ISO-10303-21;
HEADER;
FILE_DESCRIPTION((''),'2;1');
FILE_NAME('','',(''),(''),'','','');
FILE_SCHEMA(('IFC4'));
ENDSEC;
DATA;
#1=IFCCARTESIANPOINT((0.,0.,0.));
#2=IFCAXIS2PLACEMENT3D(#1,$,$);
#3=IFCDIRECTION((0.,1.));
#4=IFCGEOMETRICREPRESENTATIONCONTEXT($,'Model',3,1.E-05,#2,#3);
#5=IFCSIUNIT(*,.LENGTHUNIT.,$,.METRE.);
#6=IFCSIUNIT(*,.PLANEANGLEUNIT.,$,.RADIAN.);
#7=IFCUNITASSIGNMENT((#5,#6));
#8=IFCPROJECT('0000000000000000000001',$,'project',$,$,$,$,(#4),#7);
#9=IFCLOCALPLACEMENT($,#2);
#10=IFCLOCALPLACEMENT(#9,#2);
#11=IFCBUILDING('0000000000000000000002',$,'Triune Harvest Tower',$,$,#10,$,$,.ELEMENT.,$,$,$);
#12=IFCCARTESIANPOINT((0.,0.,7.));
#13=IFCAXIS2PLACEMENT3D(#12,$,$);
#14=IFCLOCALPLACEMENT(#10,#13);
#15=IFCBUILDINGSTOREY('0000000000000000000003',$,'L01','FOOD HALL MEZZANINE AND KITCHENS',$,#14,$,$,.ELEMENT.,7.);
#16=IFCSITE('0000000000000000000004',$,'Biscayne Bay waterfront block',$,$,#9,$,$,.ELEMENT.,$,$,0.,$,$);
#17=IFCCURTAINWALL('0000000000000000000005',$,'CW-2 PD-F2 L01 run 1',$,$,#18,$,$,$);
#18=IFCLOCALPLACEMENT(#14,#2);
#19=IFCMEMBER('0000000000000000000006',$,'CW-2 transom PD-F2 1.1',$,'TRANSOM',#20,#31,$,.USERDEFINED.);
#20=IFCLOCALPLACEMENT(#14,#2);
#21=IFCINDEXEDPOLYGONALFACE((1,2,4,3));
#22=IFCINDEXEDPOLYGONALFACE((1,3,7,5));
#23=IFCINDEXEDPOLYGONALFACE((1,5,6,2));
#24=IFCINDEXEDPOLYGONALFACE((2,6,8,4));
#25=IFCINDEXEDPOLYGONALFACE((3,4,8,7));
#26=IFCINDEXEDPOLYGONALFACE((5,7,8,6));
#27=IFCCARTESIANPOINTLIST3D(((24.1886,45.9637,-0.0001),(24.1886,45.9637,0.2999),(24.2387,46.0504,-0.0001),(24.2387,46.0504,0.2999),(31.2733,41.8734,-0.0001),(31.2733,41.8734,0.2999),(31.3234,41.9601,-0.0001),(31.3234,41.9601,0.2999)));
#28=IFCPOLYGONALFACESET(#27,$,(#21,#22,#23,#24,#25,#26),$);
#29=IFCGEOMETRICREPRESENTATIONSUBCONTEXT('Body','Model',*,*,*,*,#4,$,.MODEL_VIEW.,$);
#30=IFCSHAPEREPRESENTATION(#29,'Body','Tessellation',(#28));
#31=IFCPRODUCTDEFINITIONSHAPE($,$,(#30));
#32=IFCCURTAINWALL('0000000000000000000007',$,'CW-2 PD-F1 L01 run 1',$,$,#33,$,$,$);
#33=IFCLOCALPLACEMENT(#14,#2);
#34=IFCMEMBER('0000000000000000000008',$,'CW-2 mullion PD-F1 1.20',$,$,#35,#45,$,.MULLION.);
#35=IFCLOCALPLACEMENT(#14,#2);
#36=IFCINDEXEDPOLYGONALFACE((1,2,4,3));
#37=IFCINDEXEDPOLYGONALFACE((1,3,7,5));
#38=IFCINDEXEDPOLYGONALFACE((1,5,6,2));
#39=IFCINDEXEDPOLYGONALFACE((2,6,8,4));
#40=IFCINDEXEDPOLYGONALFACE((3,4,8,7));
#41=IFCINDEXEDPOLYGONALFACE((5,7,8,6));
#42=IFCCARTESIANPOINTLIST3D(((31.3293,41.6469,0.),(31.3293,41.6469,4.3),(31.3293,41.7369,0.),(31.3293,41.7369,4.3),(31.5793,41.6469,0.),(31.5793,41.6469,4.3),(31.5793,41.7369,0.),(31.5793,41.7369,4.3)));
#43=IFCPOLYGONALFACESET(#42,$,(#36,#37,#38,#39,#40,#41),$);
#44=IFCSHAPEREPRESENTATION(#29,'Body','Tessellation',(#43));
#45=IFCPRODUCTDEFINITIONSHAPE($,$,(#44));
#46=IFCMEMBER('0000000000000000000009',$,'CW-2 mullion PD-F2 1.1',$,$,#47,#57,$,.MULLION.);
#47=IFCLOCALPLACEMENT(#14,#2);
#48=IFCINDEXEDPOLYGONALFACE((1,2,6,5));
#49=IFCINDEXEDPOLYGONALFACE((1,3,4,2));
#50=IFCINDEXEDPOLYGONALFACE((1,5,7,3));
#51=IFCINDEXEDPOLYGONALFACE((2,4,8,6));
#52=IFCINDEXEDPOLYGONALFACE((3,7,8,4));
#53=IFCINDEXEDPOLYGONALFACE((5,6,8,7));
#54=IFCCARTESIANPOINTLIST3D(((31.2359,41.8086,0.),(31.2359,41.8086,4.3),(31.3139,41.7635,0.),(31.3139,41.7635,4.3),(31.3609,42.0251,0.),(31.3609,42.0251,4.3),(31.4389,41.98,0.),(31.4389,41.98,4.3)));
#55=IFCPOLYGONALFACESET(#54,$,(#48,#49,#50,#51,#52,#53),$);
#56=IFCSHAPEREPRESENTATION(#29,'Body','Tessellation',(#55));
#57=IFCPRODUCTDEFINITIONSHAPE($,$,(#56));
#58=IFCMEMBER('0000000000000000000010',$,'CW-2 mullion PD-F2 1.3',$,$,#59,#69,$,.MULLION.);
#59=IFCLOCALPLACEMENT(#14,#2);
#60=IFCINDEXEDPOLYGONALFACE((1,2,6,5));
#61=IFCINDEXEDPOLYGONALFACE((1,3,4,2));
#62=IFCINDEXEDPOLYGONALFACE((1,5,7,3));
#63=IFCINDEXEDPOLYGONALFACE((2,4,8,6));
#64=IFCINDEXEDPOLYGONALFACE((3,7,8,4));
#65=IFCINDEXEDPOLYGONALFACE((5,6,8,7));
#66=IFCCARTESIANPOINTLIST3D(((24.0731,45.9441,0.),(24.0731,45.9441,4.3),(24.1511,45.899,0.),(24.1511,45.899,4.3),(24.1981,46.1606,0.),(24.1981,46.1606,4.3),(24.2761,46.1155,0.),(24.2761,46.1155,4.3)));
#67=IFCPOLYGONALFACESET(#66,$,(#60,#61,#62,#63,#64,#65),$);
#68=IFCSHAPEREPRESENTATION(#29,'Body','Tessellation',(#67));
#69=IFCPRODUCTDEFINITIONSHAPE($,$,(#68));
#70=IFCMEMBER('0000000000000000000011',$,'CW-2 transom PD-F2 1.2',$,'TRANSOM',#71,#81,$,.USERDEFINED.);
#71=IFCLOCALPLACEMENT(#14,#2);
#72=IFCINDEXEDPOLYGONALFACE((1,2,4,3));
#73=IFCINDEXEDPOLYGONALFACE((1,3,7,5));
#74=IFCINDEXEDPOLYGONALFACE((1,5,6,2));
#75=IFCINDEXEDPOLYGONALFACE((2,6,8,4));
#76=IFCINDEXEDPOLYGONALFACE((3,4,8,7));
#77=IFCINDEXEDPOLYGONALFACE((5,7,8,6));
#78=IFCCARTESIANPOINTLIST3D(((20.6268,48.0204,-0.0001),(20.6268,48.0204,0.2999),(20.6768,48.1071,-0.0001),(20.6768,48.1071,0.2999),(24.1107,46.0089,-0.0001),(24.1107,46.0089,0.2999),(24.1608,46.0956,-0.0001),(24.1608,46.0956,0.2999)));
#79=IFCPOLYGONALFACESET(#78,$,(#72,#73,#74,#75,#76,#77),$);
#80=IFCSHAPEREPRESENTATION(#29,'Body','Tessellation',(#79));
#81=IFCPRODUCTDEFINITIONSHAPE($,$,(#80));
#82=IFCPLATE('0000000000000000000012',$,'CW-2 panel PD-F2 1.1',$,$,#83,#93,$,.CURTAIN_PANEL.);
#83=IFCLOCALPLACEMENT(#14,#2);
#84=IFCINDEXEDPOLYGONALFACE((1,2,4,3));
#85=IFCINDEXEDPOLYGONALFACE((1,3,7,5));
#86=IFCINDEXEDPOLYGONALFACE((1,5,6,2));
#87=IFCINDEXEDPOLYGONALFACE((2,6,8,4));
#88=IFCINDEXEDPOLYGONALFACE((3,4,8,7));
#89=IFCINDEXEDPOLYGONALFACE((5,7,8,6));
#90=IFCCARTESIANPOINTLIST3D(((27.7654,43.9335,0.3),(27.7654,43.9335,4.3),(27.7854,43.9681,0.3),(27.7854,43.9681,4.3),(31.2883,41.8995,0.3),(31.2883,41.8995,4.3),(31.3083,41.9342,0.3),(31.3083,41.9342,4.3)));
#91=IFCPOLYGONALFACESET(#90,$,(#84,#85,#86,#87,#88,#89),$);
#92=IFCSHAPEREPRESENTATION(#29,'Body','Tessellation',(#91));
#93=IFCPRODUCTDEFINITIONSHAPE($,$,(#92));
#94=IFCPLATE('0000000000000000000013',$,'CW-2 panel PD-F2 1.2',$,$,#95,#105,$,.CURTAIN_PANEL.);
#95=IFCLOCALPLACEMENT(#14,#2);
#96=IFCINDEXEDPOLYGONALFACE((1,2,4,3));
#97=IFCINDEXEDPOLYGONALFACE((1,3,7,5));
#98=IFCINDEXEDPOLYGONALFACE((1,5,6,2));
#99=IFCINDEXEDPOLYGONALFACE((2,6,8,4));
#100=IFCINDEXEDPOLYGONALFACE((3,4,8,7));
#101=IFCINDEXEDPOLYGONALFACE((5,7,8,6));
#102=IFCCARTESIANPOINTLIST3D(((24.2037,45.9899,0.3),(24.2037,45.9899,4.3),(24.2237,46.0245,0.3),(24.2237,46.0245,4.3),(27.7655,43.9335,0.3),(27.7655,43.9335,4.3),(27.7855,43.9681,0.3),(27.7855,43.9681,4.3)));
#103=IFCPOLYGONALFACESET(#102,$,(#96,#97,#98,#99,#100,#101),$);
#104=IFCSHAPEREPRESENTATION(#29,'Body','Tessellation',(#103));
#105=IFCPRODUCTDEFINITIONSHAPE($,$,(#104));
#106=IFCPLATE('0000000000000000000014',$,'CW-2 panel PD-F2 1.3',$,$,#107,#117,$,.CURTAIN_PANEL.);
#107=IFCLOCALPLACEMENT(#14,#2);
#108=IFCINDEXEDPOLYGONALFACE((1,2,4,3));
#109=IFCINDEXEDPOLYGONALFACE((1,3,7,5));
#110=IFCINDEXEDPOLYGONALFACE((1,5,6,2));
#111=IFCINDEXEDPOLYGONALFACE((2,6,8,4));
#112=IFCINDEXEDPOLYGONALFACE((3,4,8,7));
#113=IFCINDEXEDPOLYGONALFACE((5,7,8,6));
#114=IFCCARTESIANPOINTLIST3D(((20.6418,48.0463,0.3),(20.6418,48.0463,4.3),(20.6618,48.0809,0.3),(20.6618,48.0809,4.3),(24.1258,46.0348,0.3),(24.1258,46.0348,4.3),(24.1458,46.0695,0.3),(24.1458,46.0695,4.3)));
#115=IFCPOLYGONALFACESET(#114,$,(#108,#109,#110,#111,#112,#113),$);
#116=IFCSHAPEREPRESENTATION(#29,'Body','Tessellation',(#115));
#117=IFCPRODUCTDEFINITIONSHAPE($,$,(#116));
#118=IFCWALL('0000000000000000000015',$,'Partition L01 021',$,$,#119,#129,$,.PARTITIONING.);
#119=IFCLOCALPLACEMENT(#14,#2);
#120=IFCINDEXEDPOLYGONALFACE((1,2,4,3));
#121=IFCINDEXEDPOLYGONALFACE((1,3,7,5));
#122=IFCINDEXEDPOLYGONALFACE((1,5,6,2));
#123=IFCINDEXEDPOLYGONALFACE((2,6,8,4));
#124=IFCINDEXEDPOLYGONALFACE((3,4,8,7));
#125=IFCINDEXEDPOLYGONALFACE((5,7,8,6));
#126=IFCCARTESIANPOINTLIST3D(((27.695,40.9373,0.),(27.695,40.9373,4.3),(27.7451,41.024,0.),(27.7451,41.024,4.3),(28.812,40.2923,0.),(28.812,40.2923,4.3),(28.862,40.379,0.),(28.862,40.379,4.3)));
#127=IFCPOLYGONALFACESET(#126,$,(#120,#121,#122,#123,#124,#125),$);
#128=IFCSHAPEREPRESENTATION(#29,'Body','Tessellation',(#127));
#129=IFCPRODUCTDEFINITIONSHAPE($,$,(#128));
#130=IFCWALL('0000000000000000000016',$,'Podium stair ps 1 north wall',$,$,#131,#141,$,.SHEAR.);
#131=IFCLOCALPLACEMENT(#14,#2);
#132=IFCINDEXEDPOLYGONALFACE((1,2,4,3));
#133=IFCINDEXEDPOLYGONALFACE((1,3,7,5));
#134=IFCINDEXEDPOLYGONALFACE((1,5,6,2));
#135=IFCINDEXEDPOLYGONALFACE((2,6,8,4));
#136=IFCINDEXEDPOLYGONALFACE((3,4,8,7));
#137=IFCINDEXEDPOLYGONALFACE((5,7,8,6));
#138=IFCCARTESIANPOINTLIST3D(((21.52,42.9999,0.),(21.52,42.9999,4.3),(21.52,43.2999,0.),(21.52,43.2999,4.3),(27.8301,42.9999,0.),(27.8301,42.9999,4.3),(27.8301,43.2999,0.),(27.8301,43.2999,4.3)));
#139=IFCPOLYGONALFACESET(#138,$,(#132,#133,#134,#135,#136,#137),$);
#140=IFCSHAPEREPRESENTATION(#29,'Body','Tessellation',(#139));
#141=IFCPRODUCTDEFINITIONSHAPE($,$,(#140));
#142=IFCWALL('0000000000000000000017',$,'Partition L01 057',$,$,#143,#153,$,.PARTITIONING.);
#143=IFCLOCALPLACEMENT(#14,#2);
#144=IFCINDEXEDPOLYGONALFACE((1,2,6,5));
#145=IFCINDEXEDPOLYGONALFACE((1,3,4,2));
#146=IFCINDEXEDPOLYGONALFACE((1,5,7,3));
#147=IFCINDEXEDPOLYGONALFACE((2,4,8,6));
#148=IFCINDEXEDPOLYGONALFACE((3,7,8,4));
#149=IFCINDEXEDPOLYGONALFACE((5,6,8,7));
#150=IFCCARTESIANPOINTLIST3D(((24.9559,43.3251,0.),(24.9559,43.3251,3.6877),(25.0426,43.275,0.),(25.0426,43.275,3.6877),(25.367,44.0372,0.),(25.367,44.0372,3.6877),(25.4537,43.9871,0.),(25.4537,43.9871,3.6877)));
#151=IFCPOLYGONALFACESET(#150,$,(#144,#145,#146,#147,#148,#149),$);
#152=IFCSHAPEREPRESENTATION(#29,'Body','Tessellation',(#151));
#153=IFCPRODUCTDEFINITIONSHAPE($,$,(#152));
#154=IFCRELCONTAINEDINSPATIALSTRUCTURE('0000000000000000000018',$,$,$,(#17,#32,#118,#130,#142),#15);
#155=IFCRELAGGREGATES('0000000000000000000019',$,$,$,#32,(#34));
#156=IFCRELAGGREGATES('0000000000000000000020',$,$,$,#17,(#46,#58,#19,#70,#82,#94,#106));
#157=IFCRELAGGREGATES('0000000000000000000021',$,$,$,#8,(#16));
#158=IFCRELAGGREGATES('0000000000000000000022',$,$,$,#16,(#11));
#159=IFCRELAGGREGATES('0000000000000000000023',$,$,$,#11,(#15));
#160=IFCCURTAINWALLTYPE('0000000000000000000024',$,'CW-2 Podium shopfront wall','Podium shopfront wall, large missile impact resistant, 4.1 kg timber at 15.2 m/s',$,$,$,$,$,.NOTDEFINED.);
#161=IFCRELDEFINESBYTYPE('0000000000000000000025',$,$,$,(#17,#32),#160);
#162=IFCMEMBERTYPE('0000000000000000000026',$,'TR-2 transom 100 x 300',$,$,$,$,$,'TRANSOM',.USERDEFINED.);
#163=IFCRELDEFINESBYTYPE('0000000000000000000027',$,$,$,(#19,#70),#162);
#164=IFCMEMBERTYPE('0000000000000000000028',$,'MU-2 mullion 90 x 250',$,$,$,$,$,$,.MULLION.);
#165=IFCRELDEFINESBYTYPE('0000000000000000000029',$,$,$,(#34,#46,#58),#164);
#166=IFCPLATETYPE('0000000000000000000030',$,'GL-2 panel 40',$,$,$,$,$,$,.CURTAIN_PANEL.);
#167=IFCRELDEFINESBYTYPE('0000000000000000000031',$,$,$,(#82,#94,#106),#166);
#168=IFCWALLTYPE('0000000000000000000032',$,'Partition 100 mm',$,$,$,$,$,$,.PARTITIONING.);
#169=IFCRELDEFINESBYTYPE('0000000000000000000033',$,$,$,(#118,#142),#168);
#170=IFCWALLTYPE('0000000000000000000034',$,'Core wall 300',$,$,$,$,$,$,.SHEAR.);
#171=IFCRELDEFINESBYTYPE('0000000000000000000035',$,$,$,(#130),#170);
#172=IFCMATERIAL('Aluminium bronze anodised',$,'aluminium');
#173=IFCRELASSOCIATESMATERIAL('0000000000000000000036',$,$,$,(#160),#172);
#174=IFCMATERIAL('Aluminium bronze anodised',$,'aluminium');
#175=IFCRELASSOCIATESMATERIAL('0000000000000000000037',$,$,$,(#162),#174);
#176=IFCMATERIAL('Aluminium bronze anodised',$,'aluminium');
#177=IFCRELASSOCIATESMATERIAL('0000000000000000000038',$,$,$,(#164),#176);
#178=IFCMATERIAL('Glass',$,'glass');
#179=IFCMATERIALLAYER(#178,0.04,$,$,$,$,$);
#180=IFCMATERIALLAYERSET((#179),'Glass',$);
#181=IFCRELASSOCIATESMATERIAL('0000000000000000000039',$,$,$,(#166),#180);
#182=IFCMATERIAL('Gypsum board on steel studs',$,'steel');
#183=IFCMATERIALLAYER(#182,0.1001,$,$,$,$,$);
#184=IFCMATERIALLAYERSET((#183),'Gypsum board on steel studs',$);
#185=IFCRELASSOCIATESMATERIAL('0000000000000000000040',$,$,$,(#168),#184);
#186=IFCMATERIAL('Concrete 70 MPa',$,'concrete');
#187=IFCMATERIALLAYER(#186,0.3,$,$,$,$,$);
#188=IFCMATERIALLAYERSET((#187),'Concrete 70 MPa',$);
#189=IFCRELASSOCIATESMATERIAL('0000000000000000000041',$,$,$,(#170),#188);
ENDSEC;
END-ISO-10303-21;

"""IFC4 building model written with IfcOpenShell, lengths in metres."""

from ifc_helpers import new_model, si_unit, direction, frame, frame_2d, origin, origin_2d, place, context, subcontext, project, spatial, rectangle, extrude, source, transform, mapped, material, layer, layer_set, material_profile, profile_set, type_object, element, aggregate, save


model = new_model("IFC4")

# Units and contexts
model_context = context("Model", 3, precision=1e-05, world=origin(), true_north=direction((0.0, 1.0)))
body_context = subcontext(model_context, "Body", "Model", "MODEL_VIEW")
ifc_project = project(units=[si_unit("LENGTHUNIT", "METRE"), si_unit("PLANEANGLEUNIT", "RADIAN")], contexts=[model_context])

# Site, building, storey
site_placement = place(None, origin())
site = spatial("IfcSite", under=ifc_project, at=site_placement, Name="Biscayne Bay waterfront block", CompositionType="ELEMENT", RefElevation=0.0)
building_placement = place(site_placement, origin())
building = spatial("IfcBuilding", under=site, at=building_placement, Name="Triune Harvest Tower", CompositionType="ELEMENT")
storey_placement = place(building_placement, frame((0.0, 0.0, 7.0)))
storey = spatial("IfcBuildingStorey", under=building, at=storey_placement, Name="L01", Description="FOOD HALL MEZZANINE AND KITCHENS", CompositionType="ELEMENT", Elevation=7.0)

# Curtain walls, members
ifc_material_1 = material(Name="Aluminium bronze anodised", Category="aluminium")
curtain_wall_type = type_object("IfcCurtainWallType", Name="CW-2 Podium shopfront wall", Description="Podium shopfront wall, large missile impact resistant, 4.1 kg timber at 15.2 m/s", PredefinedType="NOTDEFINED", material=ifc_material_1)
curtain_wall_1_placement = place(storey_placement, origin())
curtain_wall_1 = element("IfcCurtainWall", 1, at=curtain_wall_1_placement, inside=storey, type_object=curtain_wall_type, Name="CW-2 PD-F2 L01 run 1")
ifc_material_2 = material(Name="Aluminium bronze anodised", Category="aluminium")
ifc_material_profile_1 = material_profile(ifc_material_2, rectangle(XDim=0.1001, YDim=0.3, at=origin_2d()), Name="TR-2 transom 100 x 300")
ifc_profile_set_1 = profile_set([ifc_material_profile_1], Name="Aluminium bronze anodised")
member_type_1 = type_object("IfcMemberType", Name="TR-2 transom 100 x 300", ElementType="TRANSOM", PredefinedType="USERDEFINED", material=ifc_profile_set_1)
shared_shape_1 = source(origin(), body_context, "Body", "SweptSolid", [
    extrude(rectangle(XDim=0.1001, YDim=0.3, at=origin_2d()), origin(), (0.0, 0.0, 1.0), 8.1807),
])
member_1_placement = place(storey_placement, frame((31.2983, 41.9167, 0.1499), z_axis=(-0.866027, 0.499997, 0.0), x_axis=(-0.499997, -0.866027, 0.0)))
member_1 = element("IfcMember", 2, at=member_1_placement, type_object=member_type_1, Name="CW-2 transom PD-F2 1.1", ObjectType="TRANSOM", PredefinedType="USERDEFINED", context=body_context, shape_type="MappedRepresentation", body=[
    mapped(shared_shape_1, transform((0.0, 0.0, 0.0), scale=1.0)),
])
curtain_wall_2_placement = place(storey_placement, origin())
curtain_wall_2 = element("IfcCurtainWall", 3, at=curtain_wall_2_placement, inside=storey, type_object=curtain_wall_type, Name="CW-2 PD-F1 L01 run 1")
ifc_material_3 = material(Name="Aluminium bronze anodised", Category="aluminium")
ifc_material_profile_2 = material_profile(ifc_material_3, rectangle(XDim=0.25, YDim=0.0901, at=origin_2d()), Name="MU-2 mullion 90 x 250")
ifc_profile_set_2 = profile_set([ifc_material_profile_2], Name="Aluminium bronze anodised")
member_type_2 = type_object("IfcMemberType", Name="MU-2 mullion 90 x 250", PredefinedType="MULLION", material=ifc_profile_set_2)
shared_shape_2 = source(origin(), body_context, "Body", "SweptSolid", [
    extrude(rectangle(XDim=0.25, YDim=0.0901, at=origin_2d()), origin(), (0.0, 0.0, 1.0), 4.3),
])
member_2_placement = place(storey_placement, frame((31.4543, 41.6919, 0.0), z_axis=(0.0, 0.0, 1.0), x_axis=(-1.0, 0.0, 0.0)))
member_2 = element("IfcMember", 4, at=member_2_placement, type_object=member_type_2, Name="CW-2 mullion PD-F1 1.20", PredefinedType="MULLION", context=body_context, shape_type="MappedRepresentation", body=[
    mapped(shared_shape_2, transform((0.0, 0.0, 0.0), scale=1.0)),
])
aggregate(curtain_wall_2, [member_2])

# Members
member_3_placement = place(storey_placement, frame((31.3374, 41.8943, 0.0), z_axis=(0.0, 0.0, 1.0), x_axis=(-0.499998, -0.866027, 0.0)))
member_3 = element("IfcMember", 5, at=member_3_placement, type_object=member_type_2, Name="CW-2 mullion PD-F2 1.1", PredefinedType="MULLION", context=body_context, shape_type="MappedRepresentation", body=[
    mapped(shared_shape_2, transform((0.0, 0.0, 0.0), scale=1.0)),
])
member_4_placement = place(storey_placement, frame((24.1746, 46.0298, 0.0), z_axis=(0.0, 0.0, 1.0), x_axis=(-0.499998, -0.866027, 0.0)))
member_4 = element("IfcMember", 6, at=member_4_placement, type_object=member_type_2, Name="CW-2 mullion PD-F2 1.3", PredefinedType="MULLION", context=body_context, shape_type="MappedRepresentation", body=[
    mapped(shared_shape_2, transform((0.0, 0.0, 0.0), scale=1.0)),
])
shared_shape_3 = source(origin(), body_context, "Body", "SweptSolid", [
    extrude(rectangle(XDim=0.1001, YDim=0.3, at=origin_2d()), origin(), (0.0, 0.0, 1.0), 4.0229),
])
member_5_placement = place(storey_placement, frame((24.1357, 46.0522, 0.1499), z_axis=(-0.86602, 0.50001, 0.0), x_axis=(-0.50001, -0.86602, 0.0)))
member_5 = element("IfcMember", 7, at=member_5_placement, type_object=member_type_1, Name="CW-2 transom PD-F2 1.2", ObjectType="TRANSOM", PredefinedType="USERDEFINED", context=body_context, shape_type="MappedRepresentation", body=[
    mapped(shared_shape_3, transform((0.0, 0.0, 0.0), scale=1.0)),
])

# Plates
ifc_material_4 = material(Name="Glass", Category="glass")
ifc_layer_1 = layer(ifc_material_4, 0.04)
ifc_layer_set_1 = layer_set([ifc_layer_1], Name="Glass")
plate_type = type_object("IfcPlateType", Name="GL-2 panel 40", PredefinedType="CURTAIN_PANEL", material=ifc_layer_set_1)
shared_shape_4 = source(origin(), body_context, "Body", "SweptSolid", [
    extrude(rectangle(XDim=4.0679, YDim=0.04, at=origin_2d()), origin(), (0.0, 0.0, 1.0), 4.0),
])
plate_1_placement = place(storey_placement, frame((29.5369, 42.9338, 0.3), z_axis=(0.0, 0.0, 1.0), x_axis=(-0.866027, 0.499998, 0.0)))
plate_1 = element("IfcPlate", 8, at=plate_1_placement, type_object=plate_type, Name="CW-2 panel PD-F2 1.1", PredefinedType="CURTAIN_PANEL", context=body_context, shape_type="MappedRepresentation", body=[
    mapped(shared_shape_4, transform((0.0, 0.0, 0.0), scale=1.0)),
])
shared_shape_5 = source(origin(), body_context, "Body", "SweptSolid", [
    extrude(rectangle(XDim=4.1128, YDim=0.04, at=origin_2d()), origin(), (0.0, 0.0, 1.0), 4.0),
])
plate_2_placement = place(storey_placement, frame((25.9946, 44.979, 0.3), z_axis=(0.0, 0.0, 1.0), x_axis=(-0.866027, 0.499998, 0.0)))
plate_2 = element("IfcPlate", 9, at=plate_2_placement, type_object=plate_type, Name="CW-2 panel PD-F2 1.2", PredefinedType="CURTAIN_PANEL", context=body_context, shape_type="MappedRepresentation", body=[
    mapped(shared_shape_5, transform((0.0, 0.0, 0.0), scale=1.0)),
])
shared_shape_6 = source(origin(), body_context, "Body", "SweptSolid", [
    extrude(rectangle(XDim=4.0229, YDim=0.04, at=origin_2d()), origin(), (0.0, 0.0, 1.0), 4.0),
])
plate_3_placement = place(storey_placement, frame((22.3938, 47.0579, 0.3), z_axis=(0.0, 0.0, 1.0), x_axis=(-0.866027, 0.499998, 0.0)))
plate_3 = element("IfcPlate", 10, at=plate_3_placement, type_object=plate_type, Name="CW-2 panel PD-F2 1.3", PredefinedType="CURTAIN_PANEL", context=body_context, shape_type="MappedRepresentation", body=[
    mapped(shared_shape_6, transform((0.0, 0.0, 0.0), scale=1.0)),
])
aggregate(curtain_wall_1, [member_3, member_4, member_1, member_5, plate_1, plate_2, plate_3])

# Walls
ifc_material_5 = material(Name="Gypsum board on steel studs", Category="steel")
ifc_layer_2 = layer(ifc_material_5, 0.1001)
ifc_layer_set_2 = layer_set([ifc_layer_2], Name="Gypsum board on steel studs")
wall_type_1 = type_object("IfcWallType", Name="Partition 100 mm", PredefinedType="PARTITIONING", material=ifc_layer_set_2)
wall_1_placement = place(storey_placement, frame((27.72, 40.9807, 0.0), z_axis=(0.0, 0.0, 1.0), x_axis=(0.865974, -0.500088, 0.0)))
element("IfcWall", 11, at=wall_1_placement, inside=storey, type_object=wall_type_1, Name="Partition L01 021", PredefinedType="PARTITIONING", context=body_context, shape_type="SweptSolid", body=[
    extrude(rectangle(XDim=1.2898, YDim=0.1001, at=frame_2d((0.645, 0.0))), origin(), (0.0, 0.0, 1.0), 4.3),
])
ifc_material_6 = material(Name="Concrete 70 MPa", Category="concrete")
ifc_layer_3 = layer(ifc_material_6, 0.3)
ifc_layer_set_3 = layer_set([ifc_layer_3], Name="Concrete 70 MPa")
wall_type_2 = type_object("IfcWallType", Name="Core wall 300", PredefinedType="SHEAR", material=ifc_layer_set_3)
shared_shape_7 = source(origin(), body_context, "Body", "SweptSolid", [
    extrude(rectangle(XDim=6.3101, YDim=0.3, at=frame_2d((3.155, 0.0))), origin(), (0.0, 0.0, 1.0), 4.3),
])
wall_2_placement = place(storey_placement, frame((21.52, 43.1499, 0.0), z_axis=(0.0, 0.0, 1.0), x_axis=(1.0, 0.0, 0.0)))
element("IfcWall", 12, at=wall_2_placement, inside=storey, type_object=wall_type_2, Name="Podium stair ps 1 north wall", PredefinedType="SHEAR", context=body_context, shape_type="MappedRepresentation", body=[
    mapped(shared_shape_7, transform((0.0, 0.0, 0.0), scale=1.0)),
])
shared_shape_8 = source(origin(), body_context, "Body", "SweptSolid", [
    extrude(rectangle(XDim=0.8223, YDim=0.1001, at=frame_2d((0.4111, 0.0))), origin(), (0.0, 0.0, 1.0), 3.6877),
])
wall_3_placement = place(storey_placement, frame((24.9993, 43.3, 0.0), z_axis=(0.0, 0.0, 1.0), x_axis=(0.499971, 0.866042, 0.0)))
element("IfcWall", 13, at=wall_3_placement, inside=storey, type_object=wall_type_1, Name="Partition L01 057", PredefinedType="PARTITIONING", context=body_context, shape_type="MappedRepresentation", body=[
    mapped(shared_shape_8, transform((0.0, 0.0, 0.0), scale=1.0)),
])

save(model, "model.ifc")
